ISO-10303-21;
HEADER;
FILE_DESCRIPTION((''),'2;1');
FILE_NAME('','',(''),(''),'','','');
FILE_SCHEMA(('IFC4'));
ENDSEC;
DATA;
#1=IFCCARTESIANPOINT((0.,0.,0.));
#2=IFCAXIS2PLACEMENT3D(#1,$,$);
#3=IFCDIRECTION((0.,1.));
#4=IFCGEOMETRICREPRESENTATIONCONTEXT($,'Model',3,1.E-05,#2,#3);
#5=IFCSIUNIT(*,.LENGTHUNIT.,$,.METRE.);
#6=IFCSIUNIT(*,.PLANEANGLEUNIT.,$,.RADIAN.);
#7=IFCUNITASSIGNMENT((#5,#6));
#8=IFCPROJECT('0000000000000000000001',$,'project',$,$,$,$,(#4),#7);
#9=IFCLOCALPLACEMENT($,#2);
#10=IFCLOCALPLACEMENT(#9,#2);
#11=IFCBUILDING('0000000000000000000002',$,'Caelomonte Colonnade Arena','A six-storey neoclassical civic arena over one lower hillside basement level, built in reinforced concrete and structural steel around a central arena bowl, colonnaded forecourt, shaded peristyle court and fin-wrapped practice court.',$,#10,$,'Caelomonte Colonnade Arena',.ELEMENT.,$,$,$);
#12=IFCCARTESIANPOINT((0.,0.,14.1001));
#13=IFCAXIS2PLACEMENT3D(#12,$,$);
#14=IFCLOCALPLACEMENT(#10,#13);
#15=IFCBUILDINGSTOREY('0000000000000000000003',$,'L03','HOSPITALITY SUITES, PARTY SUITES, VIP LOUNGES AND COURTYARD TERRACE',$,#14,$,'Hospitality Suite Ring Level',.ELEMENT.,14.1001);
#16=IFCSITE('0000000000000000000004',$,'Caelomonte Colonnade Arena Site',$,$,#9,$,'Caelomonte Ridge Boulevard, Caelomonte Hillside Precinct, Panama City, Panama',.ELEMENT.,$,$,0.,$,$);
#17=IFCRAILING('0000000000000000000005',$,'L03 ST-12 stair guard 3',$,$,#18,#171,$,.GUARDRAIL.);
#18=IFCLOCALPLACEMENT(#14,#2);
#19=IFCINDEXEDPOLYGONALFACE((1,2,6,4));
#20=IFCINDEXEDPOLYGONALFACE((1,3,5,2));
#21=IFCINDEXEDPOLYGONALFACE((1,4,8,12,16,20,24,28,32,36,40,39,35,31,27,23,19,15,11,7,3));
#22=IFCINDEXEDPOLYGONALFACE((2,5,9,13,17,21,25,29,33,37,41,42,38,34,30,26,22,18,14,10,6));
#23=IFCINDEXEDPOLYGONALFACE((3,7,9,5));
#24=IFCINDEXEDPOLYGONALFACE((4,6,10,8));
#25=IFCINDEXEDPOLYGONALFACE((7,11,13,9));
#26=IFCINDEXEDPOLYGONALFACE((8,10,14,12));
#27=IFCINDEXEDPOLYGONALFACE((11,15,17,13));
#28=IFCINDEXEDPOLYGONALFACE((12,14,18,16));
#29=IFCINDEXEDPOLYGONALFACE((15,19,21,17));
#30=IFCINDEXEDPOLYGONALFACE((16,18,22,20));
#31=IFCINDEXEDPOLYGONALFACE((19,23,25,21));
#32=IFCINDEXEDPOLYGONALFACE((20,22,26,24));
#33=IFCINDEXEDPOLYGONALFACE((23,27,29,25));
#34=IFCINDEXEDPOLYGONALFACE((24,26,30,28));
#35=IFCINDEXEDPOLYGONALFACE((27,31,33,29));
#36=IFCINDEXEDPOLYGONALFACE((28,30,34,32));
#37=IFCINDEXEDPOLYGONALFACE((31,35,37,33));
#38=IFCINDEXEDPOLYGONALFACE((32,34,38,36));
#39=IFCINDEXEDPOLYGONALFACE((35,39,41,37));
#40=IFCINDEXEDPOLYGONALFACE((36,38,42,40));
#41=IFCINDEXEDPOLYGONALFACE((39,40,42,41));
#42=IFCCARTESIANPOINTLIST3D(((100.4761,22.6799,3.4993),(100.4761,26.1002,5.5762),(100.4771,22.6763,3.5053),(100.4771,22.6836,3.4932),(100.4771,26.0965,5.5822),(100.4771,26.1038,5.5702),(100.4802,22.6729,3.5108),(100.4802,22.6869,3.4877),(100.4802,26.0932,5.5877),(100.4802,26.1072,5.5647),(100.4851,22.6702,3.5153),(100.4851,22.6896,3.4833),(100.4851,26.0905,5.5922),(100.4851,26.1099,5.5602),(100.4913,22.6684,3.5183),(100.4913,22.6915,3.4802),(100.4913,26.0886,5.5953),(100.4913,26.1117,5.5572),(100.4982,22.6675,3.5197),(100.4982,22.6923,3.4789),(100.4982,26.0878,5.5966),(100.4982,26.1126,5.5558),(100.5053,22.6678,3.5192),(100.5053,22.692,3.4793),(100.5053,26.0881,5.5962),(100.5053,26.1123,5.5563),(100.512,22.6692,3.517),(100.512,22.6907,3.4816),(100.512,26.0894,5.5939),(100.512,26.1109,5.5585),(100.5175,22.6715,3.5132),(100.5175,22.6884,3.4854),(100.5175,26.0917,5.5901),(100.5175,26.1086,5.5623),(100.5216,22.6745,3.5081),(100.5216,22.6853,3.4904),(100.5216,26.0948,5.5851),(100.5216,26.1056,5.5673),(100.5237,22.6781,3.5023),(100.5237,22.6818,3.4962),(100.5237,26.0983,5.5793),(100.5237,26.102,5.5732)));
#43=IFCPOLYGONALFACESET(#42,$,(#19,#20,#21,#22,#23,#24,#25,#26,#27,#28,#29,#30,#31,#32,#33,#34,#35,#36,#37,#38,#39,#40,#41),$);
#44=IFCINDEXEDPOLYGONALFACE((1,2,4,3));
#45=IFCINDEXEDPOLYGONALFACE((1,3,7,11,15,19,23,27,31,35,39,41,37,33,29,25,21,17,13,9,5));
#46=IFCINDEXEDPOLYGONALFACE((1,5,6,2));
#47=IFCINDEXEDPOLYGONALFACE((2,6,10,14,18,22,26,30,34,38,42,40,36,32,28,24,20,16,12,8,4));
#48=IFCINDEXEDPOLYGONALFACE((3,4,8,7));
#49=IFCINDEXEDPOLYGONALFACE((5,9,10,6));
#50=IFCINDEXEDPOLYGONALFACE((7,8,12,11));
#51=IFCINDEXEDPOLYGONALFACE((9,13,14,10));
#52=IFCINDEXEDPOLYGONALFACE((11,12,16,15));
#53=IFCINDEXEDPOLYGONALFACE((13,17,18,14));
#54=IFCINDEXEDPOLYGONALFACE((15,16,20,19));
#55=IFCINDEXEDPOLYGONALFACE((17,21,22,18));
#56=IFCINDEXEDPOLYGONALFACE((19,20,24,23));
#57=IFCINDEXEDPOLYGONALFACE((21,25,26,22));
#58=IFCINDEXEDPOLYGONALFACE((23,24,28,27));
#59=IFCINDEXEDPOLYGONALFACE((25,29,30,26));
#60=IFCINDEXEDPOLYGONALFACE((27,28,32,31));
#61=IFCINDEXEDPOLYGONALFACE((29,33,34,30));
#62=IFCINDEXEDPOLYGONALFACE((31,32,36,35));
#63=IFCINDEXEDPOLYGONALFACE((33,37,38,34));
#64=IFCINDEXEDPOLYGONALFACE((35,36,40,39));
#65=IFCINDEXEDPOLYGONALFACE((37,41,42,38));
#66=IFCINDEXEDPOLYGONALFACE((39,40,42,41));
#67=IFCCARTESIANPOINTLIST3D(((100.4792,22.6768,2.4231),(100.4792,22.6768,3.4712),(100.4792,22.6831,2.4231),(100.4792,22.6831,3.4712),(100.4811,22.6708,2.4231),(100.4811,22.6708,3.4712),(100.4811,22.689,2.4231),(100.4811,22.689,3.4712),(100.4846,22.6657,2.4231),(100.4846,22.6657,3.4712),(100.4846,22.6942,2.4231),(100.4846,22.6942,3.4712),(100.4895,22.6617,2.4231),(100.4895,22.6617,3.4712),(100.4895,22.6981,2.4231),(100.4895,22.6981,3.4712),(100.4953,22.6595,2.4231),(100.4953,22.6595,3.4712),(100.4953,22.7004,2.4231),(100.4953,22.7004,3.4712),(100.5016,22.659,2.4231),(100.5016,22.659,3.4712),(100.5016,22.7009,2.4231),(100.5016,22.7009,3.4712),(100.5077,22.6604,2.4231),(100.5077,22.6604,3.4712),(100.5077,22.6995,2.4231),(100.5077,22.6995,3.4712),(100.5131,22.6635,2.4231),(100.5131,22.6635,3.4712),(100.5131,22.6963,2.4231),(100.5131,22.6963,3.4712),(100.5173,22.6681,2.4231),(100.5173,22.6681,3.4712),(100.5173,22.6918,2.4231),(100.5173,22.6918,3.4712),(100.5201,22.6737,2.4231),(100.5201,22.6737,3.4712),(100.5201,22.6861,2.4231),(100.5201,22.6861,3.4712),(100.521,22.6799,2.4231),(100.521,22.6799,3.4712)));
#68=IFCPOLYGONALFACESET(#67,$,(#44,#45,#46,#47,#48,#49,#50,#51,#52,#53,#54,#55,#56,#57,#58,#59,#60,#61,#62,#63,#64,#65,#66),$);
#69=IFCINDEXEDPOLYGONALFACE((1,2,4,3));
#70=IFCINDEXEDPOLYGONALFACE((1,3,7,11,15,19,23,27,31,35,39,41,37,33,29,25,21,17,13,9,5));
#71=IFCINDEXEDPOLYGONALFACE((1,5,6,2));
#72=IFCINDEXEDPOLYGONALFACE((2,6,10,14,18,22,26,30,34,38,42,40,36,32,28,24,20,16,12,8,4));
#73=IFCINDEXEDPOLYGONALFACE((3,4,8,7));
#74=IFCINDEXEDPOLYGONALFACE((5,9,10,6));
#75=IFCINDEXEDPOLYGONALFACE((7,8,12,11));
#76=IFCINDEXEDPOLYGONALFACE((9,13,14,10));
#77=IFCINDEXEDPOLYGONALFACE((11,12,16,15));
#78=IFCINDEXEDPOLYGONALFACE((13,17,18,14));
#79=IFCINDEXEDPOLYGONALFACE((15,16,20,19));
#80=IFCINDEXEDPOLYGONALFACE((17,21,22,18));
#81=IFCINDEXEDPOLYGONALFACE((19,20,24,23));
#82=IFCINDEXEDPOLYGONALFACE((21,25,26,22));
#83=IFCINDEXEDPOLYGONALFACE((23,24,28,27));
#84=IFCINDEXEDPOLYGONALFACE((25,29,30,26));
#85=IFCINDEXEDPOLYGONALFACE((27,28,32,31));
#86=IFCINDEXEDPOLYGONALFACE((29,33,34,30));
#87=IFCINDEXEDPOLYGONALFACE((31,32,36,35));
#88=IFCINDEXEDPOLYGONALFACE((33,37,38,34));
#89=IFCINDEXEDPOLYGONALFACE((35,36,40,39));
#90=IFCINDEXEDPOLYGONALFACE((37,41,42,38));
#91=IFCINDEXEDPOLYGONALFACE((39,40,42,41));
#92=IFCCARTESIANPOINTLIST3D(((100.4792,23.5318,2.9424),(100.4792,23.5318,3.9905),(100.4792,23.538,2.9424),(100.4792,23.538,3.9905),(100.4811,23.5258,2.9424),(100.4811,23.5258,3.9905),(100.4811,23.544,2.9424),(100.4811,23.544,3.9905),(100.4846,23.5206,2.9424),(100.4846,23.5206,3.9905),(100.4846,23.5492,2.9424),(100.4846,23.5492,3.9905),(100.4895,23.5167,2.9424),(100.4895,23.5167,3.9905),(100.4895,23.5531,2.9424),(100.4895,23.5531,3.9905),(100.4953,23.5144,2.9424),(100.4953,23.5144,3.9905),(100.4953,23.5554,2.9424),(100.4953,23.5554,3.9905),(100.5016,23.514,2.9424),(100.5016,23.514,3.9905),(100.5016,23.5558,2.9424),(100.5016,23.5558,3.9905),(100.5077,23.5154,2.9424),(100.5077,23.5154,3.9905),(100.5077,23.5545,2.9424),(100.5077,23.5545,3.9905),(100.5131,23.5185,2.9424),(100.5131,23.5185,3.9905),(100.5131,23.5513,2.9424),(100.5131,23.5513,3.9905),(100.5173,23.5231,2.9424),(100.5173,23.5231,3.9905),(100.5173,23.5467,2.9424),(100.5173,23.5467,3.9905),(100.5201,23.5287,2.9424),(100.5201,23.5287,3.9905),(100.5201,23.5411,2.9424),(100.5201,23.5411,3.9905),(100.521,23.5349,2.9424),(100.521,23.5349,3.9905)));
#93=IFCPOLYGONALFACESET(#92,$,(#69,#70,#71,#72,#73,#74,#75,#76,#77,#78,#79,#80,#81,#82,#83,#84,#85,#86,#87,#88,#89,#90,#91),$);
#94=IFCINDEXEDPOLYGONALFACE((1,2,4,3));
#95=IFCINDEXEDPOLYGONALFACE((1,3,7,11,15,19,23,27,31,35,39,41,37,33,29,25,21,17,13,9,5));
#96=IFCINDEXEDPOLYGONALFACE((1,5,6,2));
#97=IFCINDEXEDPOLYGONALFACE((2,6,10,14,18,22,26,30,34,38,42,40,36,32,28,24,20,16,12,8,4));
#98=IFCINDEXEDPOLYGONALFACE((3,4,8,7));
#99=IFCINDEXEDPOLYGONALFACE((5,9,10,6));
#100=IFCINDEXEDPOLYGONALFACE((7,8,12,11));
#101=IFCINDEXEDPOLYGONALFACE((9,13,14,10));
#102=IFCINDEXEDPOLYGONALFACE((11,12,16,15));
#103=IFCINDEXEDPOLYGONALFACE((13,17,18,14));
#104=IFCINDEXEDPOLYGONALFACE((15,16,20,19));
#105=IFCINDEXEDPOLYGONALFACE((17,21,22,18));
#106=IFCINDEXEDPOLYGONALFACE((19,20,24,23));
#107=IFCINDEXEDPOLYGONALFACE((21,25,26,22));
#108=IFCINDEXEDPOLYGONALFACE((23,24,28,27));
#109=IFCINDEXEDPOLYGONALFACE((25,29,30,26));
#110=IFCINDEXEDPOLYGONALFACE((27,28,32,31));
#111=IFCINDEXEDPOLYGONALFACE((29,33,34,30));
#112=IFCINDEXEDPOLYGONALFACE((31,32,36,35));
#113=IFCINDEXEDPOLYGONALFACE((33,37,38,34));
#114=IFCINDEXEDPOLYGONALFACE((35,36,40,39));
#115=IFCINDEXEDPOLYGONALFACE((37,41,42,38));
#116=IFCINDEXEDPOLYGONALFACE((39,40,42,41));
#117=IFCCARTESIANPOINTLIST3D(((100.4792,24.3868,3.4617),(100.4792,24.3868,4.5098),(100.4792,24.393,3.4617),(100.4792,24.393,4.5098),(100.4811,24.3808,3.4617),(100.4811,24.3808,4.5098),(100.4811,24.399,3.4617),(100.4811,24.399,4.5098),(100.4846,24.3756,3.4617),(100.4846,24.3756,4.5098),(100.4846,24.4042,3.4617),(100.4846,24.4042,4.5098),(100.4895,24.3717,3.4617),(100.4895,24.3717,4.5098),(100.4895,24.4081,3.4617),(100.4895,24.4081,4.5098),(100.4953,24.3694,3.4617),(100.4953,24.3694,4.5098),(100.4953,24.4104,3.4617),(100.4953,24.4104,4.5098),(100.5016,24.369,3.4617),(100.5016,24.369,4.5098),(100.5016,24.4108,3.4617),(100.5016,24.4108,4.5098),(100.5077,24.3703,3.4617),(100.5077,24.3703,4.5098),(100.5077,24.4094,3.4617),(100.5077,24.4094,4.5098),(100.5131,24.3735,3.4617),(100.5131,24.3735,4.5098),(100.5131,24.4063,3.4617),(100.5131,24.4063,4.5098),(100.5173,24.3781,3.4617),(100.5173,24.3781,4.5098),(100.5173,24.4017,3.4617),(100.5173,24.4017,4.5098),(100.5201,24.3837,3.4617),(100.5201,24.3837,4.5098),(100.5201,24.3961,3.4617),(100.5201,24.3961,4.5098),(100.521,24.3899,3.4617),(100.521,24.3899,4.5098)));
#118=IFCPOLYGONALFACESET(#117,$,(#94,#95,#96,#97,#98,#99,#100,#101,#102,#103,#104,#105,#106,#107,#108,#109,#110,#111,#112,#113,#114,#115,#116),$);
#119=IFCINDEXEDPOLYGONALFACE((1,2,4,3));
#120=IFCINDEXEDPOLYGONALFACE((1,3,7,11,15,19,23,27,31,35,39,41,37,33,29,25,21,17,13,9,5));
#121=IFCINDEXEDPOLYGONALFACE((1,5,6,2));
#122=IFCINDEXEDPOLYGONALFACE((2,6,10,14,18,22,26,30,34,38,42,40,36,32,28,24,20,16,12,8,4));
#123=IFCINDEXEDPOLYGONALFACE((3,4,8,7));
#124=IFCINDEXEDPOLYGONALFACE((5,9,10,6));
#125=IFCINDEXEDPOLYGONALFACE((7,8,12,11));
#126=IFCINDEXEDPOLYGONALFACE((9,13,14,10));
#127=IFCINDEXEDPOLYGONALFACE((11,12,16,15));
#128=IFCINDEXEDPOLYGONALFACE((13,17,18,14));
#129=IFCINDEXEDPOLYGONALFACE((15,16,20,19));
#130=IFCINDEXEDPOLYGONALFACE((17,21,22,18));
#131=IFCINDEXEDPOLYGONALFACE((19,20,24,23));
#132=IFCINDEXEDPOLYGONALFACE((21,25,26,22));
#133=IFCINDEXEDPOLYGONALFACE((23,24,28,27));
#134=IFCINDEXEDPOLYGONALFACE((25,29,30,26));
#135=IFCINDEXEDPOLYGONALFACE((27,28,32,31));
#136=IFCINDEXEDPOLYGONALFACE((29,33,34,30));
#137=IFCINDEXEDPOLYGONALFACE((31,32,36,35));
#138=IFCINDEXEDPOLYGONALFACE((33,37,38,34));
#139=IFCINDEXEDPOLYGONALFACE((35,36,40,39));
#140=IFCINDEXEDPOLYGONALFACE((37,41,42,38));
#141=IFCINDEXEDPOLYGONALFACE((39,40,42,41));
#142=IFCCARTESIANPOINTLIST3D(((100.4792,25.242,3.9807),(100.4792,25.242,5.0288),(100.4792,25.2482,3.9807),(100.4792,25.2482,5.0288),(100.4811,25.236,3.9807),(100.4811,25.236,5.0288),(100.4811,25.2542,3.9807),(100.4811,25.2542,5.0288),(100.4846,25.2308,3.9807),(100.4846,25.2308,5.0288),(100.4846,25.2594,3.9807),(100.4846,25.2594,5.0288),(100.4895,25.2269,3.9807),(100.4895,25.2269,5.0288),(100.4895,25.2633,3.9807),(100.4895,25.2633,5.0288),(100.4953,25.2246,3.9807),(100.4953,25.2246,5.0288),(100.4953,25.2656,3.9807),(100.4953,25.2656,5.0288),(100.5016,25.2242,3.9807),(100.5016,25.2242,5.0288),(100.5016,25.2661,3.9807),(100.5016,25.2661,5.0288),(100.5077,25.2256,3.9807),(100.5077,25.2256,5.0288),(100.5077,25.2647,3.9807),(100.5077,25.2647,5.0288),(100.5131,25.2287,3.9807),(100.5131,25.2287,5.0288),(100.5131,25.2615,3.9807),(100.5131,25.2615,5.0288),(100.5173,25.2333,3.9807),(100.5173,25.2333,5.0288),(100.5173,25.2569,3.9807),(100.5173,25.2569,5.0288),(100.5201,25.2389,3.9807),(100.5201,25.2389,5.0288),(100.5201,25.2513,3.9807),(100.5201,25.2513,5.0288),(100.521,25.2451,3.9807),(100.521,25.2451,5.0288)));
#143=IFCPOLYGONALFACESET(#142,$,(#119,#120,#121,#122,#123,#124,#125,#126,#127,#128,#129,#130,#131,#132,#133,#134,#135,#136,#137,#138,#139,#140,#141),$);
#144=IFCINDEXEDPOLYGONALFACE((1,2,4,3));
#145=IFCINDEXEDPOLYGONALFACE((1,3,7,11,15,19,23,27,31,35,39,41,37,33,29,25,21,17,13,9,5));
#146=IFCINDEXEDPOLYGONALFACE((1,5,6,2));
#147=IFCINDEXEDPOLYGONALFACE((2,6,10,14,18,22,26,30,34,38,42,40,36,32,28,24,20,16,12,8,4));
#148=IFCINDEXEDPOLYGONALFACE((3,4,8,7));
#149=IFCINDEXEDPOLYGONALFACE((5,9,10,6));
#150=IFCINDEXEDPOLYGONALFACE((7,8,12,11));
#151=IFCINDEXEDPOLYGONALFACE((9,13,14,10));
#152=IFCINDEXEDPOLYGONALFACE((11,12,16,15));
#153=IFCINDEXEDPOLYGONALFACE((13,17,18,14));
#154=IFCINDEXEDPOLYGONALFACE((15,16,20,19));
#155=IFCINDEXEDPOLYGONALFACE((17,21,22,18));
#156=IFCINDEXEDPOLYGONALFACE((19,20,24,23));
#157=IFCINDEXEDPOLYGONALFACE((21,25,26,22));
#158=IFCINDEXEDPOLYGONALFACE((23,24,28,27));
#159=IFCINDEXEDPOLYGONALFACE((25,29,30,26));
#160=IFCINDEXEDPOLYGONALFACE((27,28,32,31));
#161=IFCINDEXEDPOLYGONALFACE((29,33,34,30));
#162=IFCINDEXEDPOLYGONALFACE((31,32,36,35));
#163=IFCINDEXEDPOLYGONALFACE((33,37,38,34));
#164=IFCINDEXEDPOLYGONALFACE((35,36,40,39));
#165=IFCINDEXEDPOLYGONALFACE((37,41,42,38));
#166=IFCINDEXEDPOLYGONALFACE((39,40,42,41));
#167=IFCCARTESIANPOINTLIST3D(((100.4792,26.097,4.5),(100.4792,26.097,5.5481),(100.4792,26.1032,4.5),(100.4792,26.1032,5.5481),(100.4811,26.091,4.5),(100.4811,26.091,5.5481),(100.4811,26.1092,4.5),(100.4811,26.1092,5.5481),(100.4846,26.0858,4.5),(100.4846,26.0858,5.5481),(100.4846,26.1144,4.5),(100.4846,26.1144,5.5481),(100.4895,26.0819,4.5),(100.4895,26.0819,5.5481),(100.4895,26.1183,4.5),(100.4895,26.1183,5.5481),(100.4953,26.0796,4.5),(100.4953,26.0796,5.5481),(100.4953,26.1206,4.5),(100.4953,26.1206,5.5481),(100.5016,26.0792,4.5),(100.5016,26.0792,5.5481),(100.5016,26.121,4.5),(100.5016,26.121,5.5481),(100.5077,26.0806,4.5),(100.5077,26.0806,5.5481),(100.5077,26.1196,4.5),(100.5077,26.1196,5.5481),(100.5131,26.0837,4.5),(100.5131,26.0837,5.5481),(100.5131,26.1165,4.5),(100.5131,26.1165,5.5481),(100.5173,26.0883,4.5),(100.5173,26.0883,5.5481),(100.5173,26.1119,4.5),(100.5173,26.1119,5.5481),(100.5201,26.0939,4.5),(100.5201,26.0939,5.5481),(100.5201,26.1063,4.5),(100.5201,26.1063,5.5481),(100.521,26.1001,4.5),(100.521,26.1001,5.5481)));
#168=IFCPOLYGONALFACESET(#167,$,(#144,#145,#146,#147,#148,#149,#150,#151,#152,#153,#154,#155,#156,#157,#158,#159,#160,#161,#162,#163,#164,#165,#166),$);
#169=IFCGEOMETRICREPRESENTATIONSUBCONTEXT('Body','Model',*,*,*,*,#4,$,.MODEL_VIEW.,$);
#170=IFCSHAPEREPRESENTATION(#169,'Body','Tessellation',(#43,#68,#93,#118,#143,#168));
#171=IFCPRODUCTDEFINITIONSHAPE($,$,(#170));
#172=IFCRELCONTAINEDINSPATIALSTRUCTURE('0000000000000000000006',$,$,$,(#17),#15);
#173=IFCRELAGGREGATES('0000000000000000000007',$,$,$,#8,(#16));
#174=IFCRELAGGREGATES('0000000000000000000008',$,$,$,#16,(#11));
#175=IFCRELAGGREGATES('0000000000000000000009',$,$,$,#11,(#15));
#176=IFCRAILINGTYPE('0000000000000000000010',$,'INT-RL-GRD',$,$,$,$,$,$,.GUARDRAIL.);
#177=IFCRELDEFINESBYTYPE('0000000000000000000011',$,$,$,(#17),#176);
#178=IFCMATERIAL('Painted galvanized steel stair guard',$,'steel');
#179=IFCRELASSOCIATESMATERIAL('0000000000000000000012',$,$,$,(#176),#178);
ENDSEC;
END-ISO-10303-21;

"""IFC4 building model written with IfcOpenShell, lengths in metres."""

from ifc_helpers import new_model, si_unit, direction, frame, origin, origin_2d, place, context, subcontext, project, spatial, circle, extrude, material, type_object, element, save


model = new_model("IFC4")

# Units and contexts
model_context = context("Model", 3, precision=1e-05, world=origin(), true_north=direction((0.0, 1.0)))
body_context = subcontext(model_context, "Body", "Model", "MODEL_VIEW")
ifc_project = project(units=[si_unit("LENGTHUNIT", "METRE"), si_unit("PLANEANGLEUNIT", "RADIAN")], contexts=[model_context])

# Site, building, storey
site_placement = place(None, origin())
site = spatial("IfcSite", under=ifc_project, at=site_placement, Name="Caelomonte Colonnade Arena Site", LongName="Caelomonte Ridge Boulevard, Caelomonte Hillside Precinct, Panama City, Panama", CompositionType="ELEMENT", RefElevation=0.0)
building_placement = place(site_placement, origin())
building = spatial("IfcBuilding", under=site, at=building_placement, Name="Caelomonte Colonnade Arena", Description="A six-storey neoclassical civic arena over one lower hillside basement level, built in reinforced concrete and structural steel around a central arena bowl, colonnaded forecourt, shaded peristyle court and fin-wrapped practice court.", LongName="Caelomonte Colonnade Arena", CompositionType="ELEMENT")
storey_placement = place(building_placement, frame((0.0, 0.0, 14.1001)))
storey = spatial("IfcBuildingStorey", under=building, at=storey_placement, Name="L03", Description="HOSPITALITY SUITES, PARTY SUITES, VIP LOUNGES AND COURTYARD TERRACE", LongName="Hospitality Suite Ring Level", CompositionType="ELEMENT", Elevation=14.1001)

# Railing
ifc_material_1 = material(Name="Painted galvanized steel stair guard", Category="steel")
railing_type_1 = type_object("IfcRailingType", Name="INT-RL-GRD", PredefinedType="GUARDRAIL", material=ifc_material_1)
railing_1_placement = place(storey_placement, frame((100.5, 22.6799, 2.4231)))
element("IfcRailing", 1, at=railing_1_placement, inside=storey, type_object=railing_type_1, Name="L03 ST-12 stair guard 3", PredefinedType="GUARDRAIL", context=body_context, shape_type="SweptSolid", body=[
    extrude(circle(Radius=0.0239, at=origin_2d()), frame((0.0, 0.0, 1.0762), z_axis=(0.0, 0.854746, 0.519047), x_axis=(-1.0, 0.0, 0.0)), (0.0, 0.0, 1.0), 4.0015),
    extrude(circle(Radius=0.021, at=origin_2d()), origin(), (0.0, 0.0, 1.0), 1.0481),
    extrude(circle(Radius=0.021, at=origin_2d()), frame((0.0, 0.855, 0.5193)), (0.0, 0.0, 1.0), 1.0481),
    extrude(circle(Radius=0.021, at=origin_2d()), frame((0.0, 1.71, 1.0386)), (0.0, 0.0, 1.0), 1.0481),
    extrude(circle(Radius=0.021, at=origin_2d()), frame((0.0, 2.5652, 1.5576)), (0.0, 0.0, 1.0), 1.0481),
    extrude(circle(Radius=0.021, at=origin_2d()), frame((0.0, 3.4202, 2.0769)), (0.0, 0.0, 1.0), 1.0481),
])

save(model, "model.ifc")
